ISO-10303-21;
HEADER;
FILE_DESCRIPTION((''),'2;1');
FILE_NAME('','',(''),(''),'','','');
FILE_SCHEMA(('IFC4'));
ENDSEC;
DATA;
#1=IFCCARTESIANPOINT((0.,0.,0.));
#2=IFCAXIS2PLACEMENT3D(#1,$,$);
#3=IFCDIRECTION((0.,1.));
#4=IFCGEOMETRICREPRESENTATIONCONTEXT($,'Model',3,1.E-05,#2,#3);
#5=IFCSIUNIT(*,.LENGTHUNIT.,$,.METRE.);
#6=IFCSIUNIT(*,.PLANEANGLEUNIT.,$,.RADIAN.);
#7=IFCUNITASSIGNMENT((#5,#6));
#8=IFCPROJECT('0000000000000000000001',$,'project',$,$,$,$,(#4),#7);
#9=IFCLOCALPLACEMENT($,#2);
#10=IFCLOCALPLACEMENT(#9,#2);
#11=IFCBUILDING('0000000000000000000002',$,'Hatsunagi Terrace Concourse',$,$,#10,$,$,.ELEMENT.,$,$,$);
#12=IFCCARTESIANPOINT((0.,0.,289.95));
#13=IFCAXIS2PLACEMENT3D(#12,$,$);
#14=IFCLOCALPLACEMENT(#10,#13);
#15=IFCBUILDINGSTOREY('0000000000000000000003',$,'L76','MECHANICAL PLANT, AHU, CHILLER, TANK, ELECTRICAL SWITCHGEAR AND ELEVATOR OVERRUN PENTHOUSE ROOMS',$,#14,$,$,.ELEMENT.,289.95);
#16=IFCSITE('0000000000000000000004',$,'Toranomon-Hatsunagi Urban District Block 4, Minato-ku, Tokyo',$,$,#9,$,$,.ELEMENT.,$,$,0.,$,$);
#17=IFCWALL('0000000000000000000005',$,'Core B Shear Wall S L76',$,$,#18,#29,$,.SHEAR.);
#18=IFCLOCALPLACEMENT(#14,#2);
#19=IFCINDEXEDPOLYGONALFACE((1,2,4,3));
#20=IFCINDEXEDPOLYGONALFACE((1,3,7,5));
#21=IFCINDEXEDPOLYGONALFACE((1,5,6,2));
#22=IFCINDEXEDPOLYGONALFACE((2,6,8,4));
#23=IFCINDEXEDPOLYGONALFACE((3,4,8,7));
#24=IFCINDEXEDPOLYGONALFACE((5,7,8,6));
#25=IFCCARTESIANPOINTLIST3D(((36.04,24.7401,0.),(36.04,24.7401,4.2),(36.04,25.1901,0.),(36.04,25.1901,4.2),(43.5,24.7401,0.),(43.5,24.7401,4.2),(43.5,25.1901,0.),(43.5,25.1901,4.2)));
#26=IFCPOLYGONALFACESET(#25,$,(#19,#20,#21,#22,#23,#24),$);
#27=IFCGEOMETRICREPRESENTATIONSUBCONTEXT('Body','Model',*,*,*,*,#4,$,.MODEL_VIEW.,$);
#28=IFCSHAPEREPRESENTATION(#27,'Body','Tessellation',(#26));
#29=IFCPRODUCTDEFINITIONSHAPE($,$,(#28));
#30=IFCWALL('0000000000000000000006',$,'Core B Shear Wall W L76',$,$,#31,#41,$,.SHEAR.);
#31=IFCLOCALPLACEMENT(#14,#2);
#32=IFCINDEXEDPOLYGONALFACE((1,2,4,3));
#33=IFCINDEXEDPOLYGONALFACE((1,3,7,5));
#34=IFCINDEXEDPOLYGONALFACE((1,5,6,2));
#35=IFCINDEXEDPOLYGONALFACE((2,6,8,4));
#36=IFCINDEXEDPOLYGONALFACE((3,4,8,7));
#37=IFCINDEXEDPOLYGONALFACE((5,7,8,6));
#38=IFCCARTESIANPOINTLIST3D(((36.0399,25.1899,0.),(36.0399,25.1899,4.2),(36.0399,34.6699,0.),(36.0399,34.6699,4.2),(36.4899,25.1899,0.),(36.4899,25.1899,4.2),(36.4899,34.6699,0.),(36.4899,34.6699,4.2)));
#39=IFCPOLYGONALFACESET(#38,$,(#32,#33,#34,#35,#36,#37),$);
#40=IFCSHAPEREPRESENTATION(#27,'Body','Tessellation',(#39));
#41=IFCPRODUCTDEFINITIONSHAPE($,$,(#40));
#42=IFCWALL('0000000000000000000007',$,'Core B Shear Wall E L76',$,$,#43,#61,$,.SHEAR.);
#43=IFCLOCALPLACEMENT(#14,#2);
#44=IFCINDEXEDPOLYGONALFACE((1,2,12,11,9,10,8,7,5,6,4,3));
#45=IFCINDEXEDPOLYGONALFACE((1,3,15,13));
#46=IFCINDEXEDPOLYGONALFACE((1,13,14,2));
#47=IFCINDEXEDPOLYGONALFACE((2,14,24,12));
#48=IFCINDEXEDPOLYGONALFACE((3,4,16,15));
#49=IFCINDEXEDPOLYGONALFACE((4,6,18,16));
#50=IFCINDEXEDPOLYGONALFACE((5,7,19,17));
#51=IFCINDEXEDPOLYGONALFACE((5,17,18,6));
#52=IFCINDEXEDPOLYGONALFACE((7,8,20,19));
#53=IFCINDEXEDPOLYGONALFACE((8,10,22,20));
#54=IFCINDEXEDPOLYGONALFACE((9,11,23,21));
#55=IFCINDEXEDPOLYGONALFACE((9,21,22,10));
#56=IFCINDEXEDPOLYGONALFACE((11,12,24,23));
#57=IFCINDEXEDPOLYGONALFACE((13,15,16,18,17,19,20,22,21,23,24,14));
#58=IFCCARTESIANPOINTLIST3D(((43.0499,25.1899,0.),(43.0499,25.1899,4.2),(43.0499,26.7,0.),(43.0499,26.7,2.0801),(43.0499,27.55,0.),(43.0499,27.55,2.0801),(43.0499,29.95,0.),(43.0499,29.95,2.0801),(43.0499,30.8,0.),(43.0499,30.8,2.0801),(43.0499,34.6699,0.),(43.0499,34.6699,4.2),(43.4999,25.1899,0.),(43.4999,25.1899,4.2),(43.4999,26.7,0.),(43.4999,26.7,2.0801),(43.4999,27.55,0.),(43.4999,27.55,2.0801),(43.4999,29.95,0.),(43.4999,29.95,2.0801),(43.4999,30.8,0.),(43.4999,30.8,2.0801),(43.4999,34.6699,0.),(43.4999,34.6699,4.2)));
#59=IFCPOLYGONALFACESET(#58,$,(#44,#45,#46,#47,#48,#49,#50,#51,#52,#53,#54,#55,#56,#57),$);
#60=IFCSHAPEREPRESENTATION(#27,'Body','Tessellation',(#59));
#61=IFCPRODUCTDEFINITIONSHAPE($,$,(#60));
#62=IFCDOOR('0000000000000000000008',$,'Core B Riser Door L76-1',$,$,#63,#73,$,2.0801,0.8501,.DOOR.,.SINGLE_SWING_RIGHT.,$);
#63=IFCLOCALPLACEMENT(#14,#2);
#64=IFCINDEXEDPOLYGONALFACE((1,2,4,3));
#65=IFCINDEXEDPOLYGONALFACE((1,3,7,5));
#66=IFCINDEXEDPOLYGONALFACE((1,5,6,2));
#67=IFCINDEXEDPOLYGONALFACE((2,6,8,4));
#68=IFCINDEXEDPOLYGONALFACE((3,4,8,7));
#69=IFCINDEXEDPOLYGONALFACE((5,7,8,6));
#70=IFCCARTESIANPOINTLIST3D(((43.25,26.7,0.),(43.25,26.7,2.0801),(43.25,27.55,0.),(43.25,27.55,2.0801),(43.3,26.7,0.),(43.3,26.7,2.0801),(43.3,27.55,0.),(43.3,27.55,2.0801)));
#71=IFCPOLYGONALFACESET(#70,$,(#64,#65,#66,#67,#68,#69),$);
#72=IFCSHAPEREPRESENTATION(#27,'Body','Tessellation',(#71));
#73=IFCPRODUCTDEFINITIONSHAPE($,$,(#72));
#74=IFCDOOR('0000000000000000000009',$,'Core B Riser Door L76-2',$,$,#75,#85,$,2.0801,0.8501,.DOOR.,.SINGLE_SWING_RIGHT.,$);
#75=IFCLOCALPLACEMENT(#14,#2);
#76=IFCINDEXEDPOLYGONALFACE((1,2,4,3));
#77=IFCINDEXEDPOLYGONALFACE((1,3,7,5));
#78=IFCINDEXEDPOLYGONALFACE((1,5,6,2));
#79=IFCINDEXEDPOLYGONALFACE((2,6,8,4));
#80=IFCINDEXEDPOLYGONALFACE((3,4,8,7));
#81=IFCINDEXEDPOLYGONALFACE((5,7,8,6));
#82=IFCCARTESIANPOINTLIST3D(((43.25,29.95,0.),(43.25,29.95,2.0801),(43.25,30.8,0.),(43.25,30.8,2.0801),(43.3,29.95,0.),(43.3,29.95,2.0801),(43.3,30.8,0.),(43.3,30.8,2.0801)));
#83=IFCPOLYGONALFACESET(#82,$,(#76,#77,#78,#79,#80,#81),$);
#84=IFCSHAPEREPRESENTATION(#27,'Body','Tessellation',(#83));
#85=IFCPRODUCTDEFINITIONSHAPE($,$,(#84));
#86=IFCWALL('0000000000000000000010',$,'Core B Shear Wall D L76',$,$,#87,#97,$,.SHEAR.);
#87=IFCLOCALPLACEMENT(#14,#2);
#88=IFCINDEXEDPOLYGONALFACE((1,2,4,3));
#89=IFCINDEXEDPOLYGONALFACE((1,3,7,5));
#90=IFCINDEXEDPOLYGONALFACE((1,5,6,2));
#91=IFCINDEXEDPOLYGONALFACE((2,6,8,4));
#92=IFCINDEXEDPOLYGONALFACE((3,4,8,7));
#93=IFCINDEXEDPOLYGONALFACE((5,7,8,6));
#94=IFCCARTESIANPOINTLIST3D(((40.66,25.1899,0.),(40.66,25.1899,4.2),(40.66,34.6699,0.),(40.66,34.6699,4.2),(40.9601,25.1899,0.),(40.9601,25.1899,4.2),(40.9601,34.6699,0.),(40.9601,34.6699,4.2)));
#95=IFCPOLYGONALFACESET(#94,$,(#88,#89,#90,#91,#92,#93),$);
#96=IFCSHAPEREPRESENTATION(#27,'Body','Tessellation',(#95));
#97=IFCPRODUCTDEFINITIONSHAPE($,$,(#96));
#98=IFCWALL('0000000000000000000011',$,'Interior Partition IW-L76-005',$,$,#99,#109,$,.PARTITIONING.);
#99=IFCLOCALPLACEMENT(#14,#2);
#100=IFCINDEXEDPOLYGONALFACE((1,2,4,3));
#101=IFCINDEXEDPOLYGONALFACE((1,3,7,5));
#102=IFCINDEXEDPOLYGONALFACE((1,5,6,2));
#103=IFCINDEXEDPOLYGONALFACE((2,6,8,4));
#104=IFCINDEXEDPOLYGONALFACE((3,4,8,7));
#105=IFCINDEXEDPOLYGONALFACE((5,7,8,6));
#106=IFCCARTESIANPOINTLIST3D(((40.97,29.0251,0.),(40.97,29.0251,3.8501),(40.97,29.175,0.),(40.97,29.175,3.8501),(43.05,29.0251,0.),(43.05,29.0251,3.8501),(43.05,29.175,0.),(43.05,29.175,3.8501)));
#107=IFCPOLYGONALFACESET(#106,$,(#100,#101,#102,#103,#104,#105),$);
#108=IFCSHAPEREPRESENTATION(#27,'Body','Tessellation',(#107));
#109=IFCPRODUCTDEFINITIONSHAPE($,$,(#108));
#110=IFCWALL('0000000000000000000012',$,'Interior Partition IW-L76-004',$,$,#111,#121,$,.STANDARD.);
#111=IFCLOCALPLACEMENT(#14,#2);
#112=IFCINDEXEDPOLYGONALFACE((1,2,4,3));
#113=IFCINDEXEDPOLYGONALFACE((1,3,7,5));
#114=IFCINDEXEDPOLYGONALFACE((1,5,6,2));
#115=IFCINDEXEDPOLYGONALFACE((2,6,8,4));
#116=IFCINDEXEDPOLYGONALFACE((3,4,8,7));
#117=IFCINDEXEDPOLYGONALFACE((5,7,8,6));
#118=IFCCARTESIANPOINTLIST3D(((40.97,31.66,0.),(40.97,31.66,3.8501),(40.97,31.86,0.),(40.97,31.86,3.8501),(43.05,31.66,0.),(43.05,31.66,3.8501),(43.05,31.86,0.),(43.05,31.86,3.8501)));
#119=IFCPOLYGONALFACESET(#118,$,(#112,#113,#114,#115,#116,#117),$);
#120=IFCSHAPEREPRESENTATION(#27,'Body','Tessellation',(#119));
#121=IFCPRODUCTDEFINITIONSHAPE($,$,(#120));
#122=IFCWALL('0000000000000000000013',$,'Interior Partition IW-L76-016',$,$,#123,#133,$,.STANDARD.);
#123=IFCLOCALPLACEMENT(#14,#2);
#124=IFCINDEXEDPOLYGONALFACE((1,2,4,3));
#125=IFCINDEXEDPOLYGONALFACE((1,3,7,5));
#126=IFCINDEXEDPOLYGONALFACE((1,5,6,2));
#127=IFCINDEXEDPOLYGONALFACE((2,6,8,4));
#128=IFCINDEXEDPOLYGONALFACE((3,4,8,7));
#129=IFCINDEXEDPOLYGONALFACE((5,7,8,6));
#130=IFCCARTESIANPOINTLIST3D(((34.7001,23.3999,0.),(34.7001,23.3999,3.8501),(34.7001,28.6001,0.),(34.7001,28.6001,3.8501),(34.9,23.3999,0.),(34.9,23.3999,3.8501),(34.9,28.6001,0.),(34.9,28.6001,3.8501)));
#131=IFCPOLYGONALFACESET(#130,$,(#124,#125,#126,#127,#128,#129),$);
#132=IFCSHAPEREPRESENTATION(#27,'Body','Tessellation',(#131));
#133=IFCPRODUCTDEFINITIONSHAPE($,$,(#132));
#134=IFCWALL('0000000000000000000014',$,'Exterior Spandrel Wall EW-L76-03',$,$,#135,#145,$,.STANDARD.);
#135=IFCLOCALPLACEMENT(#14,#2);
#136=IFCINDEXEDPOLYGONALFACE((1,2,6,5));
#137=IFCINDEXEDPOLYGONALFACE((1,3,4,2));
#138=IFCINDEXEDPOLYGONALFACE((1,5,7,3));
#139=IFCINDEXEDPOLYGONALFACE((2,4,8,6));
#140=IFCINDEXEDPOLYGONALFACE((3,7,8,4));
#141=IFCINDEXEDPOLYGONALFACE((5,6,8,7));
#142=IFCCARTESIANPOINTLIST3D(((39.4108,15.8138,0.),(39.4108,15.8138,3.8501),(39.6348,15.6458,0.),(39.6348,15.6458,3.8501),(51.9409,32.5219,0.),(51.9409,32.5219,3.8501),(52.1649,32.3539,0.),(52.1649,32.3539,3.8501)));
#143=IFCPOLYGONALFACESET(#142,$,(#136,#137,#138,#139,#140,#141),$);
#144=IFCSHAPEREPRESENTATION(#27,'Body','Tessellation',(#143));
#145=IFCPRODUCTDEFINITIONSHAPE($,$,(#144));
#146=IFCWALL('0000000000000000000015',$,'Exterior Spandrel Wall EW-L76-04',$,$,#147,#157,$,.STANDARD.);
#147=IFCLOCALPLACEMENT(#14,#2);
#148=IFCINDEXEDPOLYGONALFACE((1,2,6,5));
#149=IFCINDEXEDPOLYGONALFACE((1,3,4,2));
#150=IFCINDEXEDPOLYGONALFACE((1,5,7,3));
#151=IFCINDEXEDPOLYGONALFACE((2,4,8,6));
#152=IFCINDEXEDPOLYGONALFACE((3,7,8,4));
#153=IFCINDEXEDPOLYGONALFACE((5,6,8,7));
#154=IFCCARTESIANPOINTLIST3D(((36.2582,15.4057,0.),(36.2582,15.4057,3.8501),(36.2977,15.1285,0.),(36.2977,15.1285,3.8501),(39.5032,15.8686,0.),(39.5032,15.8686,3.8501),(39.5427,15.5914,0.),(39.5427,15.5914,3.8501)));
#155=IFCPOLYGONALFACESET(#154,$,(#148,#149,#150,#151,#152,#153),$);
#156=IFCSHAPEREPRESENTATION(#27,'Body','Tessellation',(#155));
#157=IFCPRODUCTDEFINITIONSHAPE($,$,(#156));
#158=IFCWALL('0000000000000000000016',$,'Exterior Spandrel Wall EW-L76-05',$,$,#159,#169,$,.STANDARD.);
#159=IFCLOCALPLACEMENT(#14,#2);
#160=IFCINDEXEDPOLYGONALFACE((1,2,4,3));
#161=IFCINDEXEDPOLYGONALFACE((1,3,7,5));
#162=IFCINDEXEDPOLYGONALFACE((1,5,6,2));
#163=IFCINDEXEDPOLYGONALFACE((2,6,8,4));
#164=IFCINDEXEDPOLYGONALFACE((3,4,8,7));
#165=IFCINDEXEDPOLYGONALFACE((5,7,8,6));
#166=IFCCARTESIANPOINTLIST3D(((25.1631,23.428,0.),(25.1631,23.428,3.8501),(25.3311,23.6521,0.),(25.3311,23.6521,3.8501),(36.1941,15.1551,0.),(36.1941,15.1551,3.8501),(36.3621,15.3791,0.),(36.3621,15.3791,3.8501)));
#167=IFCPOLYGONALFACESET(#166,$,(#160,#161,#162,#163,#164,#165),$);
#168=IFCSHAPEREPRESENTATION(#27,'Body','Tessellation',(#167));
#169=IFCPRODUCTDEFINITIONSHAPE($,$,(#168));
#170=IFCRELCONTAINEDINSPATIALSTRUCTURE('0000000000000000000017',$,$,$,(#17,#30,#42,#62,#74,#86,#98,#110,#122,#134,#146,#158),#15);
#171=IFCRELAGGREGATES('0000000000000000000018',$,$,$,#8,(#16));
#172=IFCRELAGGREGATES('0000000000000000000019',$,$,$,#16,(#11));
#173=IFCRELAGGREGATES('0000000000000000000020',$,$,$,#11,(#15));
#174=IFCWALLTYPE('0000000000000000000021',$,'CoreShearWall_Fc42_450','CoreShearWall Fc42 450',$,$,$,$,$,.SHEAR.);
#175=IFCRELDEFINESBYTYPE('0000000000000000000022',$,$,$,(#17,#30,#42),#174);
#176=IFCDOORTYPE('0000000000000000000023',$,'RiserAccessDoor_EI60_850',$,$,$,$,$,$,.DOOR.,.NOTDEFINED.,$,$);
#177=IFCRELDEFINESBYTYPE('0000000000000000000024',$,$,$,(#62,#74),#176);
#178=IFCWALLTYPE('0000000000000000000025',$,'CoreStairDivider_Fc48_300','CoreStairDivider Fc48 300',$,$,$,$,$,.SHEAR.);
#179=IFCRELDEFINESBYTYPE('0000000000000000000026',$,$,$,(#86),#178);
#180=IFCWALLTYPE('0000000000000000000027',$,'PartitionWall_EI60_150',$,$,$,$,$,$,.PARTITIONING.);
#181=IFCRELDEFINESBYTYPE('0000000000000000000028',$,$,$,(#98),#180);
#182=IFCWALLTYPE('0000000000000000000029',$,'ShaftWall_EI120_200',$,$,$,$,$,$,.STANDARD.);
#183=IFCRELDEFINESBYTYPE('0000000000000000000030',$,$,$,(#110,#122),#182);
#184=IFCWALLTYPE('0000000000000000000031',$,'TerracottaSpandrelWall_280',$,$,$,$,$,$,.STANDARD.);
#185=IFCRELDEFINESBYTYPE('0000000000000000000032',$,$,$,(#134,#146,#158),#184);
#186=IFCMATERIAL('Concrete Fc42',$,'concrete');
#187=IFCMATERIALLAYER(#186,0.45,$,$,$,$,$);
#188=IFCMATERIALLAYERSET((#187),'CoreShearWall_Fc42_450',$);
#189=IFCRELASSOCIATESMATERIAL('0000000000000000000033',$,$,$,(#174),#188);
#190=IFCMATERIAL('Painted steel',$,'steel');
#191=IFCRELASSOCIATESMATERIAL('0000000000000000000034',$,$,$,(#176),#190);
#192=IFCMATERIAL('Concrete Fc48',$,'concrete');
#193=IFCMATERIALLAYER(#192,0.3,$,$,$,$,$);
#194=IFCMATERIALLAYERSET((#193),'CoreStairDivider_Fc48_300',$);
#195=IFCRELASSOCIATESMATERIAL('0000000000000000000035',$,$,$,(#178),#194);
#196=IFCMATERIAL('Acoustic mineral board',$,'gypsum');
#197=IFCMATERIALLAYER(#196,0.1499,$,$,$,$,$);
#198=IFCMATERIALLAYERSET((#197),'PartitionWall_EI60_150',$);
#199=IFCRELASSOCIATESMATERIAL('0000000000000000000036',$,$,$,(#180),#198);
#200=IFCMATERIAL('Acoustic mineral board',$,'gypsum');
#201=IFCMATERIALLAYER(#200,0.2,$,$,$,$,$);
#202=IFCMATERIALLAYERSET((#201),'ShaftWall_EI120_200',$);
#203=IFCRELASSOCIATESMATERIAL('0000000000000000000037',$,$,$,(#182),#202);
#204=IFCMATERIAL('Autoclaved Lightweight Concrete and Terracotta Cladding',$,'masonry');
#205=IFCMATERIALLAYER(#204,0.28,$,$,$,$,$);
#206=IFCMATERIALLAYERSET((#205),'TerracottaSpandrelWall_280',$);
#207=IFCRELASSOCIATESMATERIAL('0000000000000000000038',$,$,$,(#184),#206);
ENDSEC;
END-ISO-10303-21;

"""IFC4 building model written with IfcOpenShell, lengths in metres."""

from ifc_helpers import new_model, si_unit, direction, frame, frame_2d, origin, place, context, subcontext, project, spatial, rectangle, extrude, material, layer, layer_set, type_object, element, fill, save


model = new_model("IFC4")

# Units and contexts
model_context = context("Model", 3, precision=1e-05, world=origin(), true_north=direction((0.0, 1.0)))
body_context = subcontext(model_context, "Body", "Model", "MODEL_VIEW")
ifc_project = project(units=[si_unit("LENGTHUNIT", "METRE"), si_unit("PLANEANGLEUNIT", "RADIAN")], contexts=[model_context])

# Site, building, storey
site_placement = place(None, origin())
site = spatial("IfcSite", under=ifc_project, at=site_placement, Name="Toranomon-Hatsunagi Urban District Block 4, Minato-ku, Tokyo", CompositionType="ELEMENT", RefElevation=0.0)
building_placement = place(site_placement, origin())
building = spatial("IfcBuilding", under=site, at=building_placement, Name="Hatsunagi Terrace Concourse", CompositionType="ELEMENT")
storey_placement = place(building_placement, frame((0.0, 0.0, 289.95)))
storey = spatial("IfcBuildingStorey", under=building, at=storey_placement, Name="L76", Description="MECHANICAL PLANT, AHU, CHILLER, TANK, ELECTRICAL SWITCHGEAR AND ELEVATOR OVERRUN PENTHOUSE ROOMS", CompositionType="ELEMENT", Elevation=289.95)

# Walls
ifc_material_1 = material(Name="Concrete Fc42", Category="concrete")
ifc_layer_1 = layer(ifc_material_1, 0.45)
ifc_layer_set_1 = layer_set([ifc_layer_1], Name="CoreShearWall_Fc42_450")
wall_type_1 = type_object("IfcWallType", Name="CoreShearWall_Fc42_450", Description="CoreShearWall Fc42 450", PredefinedType="SHEAR", material=ifc_layer_set_1)
wall_1_placement = place(storey_placement, frame((36.04, 24.9651, 0.0), z_axis=(0.0, 0.0, 1.0), x_axis=(1.0, 0.0, 0.0)))
element("IfcWall", 1, at=wall_1_placement, inside=storey, type_object=wall_type_1, Name="Core B Shear Wall S L76", PredefinedType="SHEAR", context=body_context, shape_type="SweptSolid", body=[
    extrude(rectangle(XDim=7.46, YDim=0.45, at=frame_2d((3.73, 0.0))), origin(), (0.0, 0.0, 1.0), 4.2),
])
wall_2_placement = place(storey_placement, frame((36.2649, 25.1899, 0.0), z_axis=(0.0, 0.0, 1.0), x_axis=(0.0, 1.0, 0.0)))
element("IfcWall", 2, at=wall_2_placement, inside=storey, type_object=wall_type_1, Name="Core B Shear Wall W L76", PredefinedType="SHEAR", context=body_context, shape_type="SweptSolid", body=[
    extrude(rectangle(XDim=9.48, YDim=0.45, at=frame_2d((4.74, 0.0))), origin(), (0.0, 0.0, 1.0), 4.2),
])

# Wall, openings, doors
wall_3_placement = place(storey_placement, frame((43.2749, 25.1899, 0.0), z_axis=(0.0, 0.0, 1.0), x_axis=(0.0, 1.0, 0.0)))
wall_3 = element("IfcWall", 3, at=wall_3_placement, inside=storey, type_object=wall_type_1, Name="Core B Shear Wall E L76", PredefinedType="SHEAR", context=body_context, shape_type="SweptSolid", body=[
    extrude(rectangle(XDim=9.48, YDim=0.45, at=frame_2d((4.74, 0.0))), origin(), (0.0, 0.0, 1.0), 4.2),
])
opening_1_placement = place(wall_3_placement, frame((1.51, 0.0, 0.0)))
opening_1 = element("IfcOpeningElement", 4, at=opening_1_placement, cuts=wall_3, PredefinedType="OPENING", context=body_context, shape_type="SweptSolid", body=[
    extrude(rectangle(XDim=0.8501, YDim=2.0801, at=frame_2d((0.425, 1.04))), frame((0.0, 0.2349, 0.0), z_axis=(0.0, -1.0, 0.0), x_axis=(1.0, 0.0, 0.0)), (0.0, 0.0, 1.0), 0.47),
])
opening_2_placement = place(wall_3_placement, frame((4.76, 0.0, 0.0)))
opening_2 = element("IfcOpeningElement", 5, at=opening_2_placement, cuts=wall_3, PredefinedType="OPENING", context=body_context, shape_type="SweptSolid", body=[
    extrude(rectangle(XDim=0.8501, YDim=2.0801, at=frame_2d((0.425, 1.04))), frame((0.0, 0.2349, 0.0), z_axis=(0.0, -1.0, 0.0), x_axis=(1.0, 0.0, 0.0)), (0.0, 0.0, 1.0), 0.47),
])
ifc_material_2 = material(Name="Painted steel", Category="steel")
door_type = type_object("IfcDoorType", Name="RiserAccessDoor_EI60_850", OperationType="NOTDEFINED", PredefinedType="DOOR", material=ifc_material_2)
door_1_placement = place(opening_1_placement, origin())
door_1 = element("IfcDoor", 6, at=door_1_placement, inside=storey, type_object=door_type, Name="Core B Riser Door L76-1", OperationType="SINGLE_SWING_RIGHT", OverallHeight=2.0801, OverallWidth=0.8501, PredefinedType="DOOR", context=body_context, shape_type="SweptSolid", body=[
    extrude(rectangle(XDim=0.8501, YDim=2.0801, at=frame_2d((0.425, 1.04))), frame((0.0, 0.0249, 0.0), z_axis=(0.0, -1.0, 0.0), x_axis=(1.0, 0.0, 0.0)), (0.0, 0.0, 1.0), 0.05),
])
fill(opening_1, door_1)
door_2_placement = place(opening_2_placement, origin())
door_2 = element("IfcDoor", 7, at=door_2_placement, inside=storey, type_object=door_type, Name="Core B Riser Door L76-2", OperationType="SINGLE_SWING_RIGHT", OverallHeight=2.0801, OverallWidth=0.8501, PredefinedType="DOOR", context=body_context, shape_type="SweptSolid", body=[
    extrude(rectangle(XDim=0.8501, YDim=2.0801, at=frame_2d((0.425, 1.04))), frame((0.0, 0.0249, 0.0), z_axis=(0.0, -1.0, 0.0), x_axis=(1.0, 0.0, 0.0)), (0.0, 0.0, 1.0), 0.05),
])
fill(opening_2, door_2)

# Walls
ifc_material_3 = material(Name="Concrete Fc48", Category="concrete")
ifc_layer_2 = layer(ifc_material_3, 0.3)
ifc_layer_set_2 = layer_set([ifc_layer_2], Name="CoreStairDivider_Fc48_300")
wall_type_2 = type_object("IfcWallType", Name="CoreStairDivider_Fc48_300", Description="CoreStairDivider Fc48 300", PredefinedType="SHEAR", material=ifc_layer_set_2)
wall_4_placement = place(storey_placement, frame((40.8101, 25.1899, 0.0), z_axis=(0.0, 0.0, 1.0), x_axis=(0.0, 1.0, 0.0)))
element("IfcWall", 8, at=wall_4_placement, inside=storey, type_object=wall_type_2, Name="Core B Shear Wall D L76", PredefinedType="SHEAR", context=body_context, shape_type="SweptSolid", body=[
    extrude(rectangle(XDim=9.48, YDim=0.3, at=frame_2d((4.74, 0.0))), origin(), (0.0, 0.0, 1.0), 4.2),
])
ifc_material_4 = material(Name="Acoustic mineral board", Category="gypsum")
ifc_layer_3 = layer(ifc_material_4, 0.1499)
ifc_layer_set_3 = layer_set([ifc_layer_3], Name="PartitionWall_EI60_150")
wall_type_3 = type_object("IfcWallType", Name="PartitionWall_EI60_150", PredefinedType="PARTITIONING", material=ifc_layer_set_3)
wall_5_placement = place(storey_placement, frame((40.97, 29.1001, 0.0), z_axis=(0.0, 0.0, 1.0), x_axis=(1.0, 0.0, 0.0)))
element("IfcWall", 9, at=wall_5_placement, inside=storey, type_object=wall_type_3, Name="Interior Partition IW-L76-005", PredefinedType="PARTITIONING", context=body_context, shape_type="SweptSolid", body=[
    extrude(rectangle(XDim=2.0801, YDim=0.1499, at=frame_2d((1.04, 0.0))), origin(), (0.0, 0.0, 1.0), 3.8501),
])
ifc_material_5 = material(Name="Acoustic mineral board", Category="gypsum")
ifc_layer_4 = layer(ifc_material_5, 0.2)
ifc_layer_set_4 = layer_set([ifc_layer_4], Name="ShaftWall_EI120_200")
wall_type_4 = type_object("IfcWallType", Name="ShaftWall_EI120_200", PredefinedType="STANDARD", material=ifc_layer_set_4)
wall_6_placement = place(storey_placement, frame((40.97, 31.76, 0.0), z_axis=(0.0, 0.0, 1.0), x_axis=(1.0, 0.0, 0.0)))
element("IfcWall", 10, at=wall_6_placement, inside=storey, type_object=wall_type_4, Name="Interior Partition IW-L76-004", PredefinedType="STANDARD", context=body_context, shape_type="SweptSolid", body=[
    extrude(rectangle(XDim=2.0801, YDim=0.2, at=frame_2d((1.04, 0.0))), origin(), (0.0, 0.0, 1.0), 3.8501),
])
wall_7_placement = place(storey_placement, frame((34.8, 23.3999, 0.0), z_axis=(0.0, 0.0, 1.0), x_axis=(0.0, 1.0, 0.0)))
element("IfcWall", 11, at=wall_7_placement, inside=storey, type_object=wall_type_4, Name="Interior Partition IW-L76-016", PredefinedType="STANDARD", context=body_context, shape_type="SweptSolid", body=[
    extrude(rectangle(XDim=5.2002, YDim=0.2, at=frame_2d((2.6001, 0.0))), origin(), (0.0, 0.0, 1.0), 3.8501),
])
ifc_material_6 = material(Name="Autoclaved Lightweight Concrete and Terracotta Cladding", Category="masonry")
ifc_layer_5 = layer(ifc_material_6, 0.28)
ifc_layer_set_5 = layer_set([ifc_layer_5], Name="TerracottaSpandrelWall_280")
wall_type_5 = type_object("IfcWallType", Name="TerracottaSpandrelWall_280", PredefinedType="STANDARD", material=ifc_layer_set_5)
wall_8_placement = place(storey_placement, frame((52.053, 32.438, 0.0), z_axis=(0.0, 0.0, 1.0), x_axis=(-0.59997, -0.800022, 0.0)))
element("IfcWall", 12, at=wall_8_placement, inside=storey, type_object=wall_type_5, Name="Exterior Spandrel Wall EW-L76-03", PredefinedType="STANDARD", context=body_context, shape_type="SweptSolid", body=[
    extrude(rectangle(XDim=20.8845, YDim=0.28, at=frame_2d((10.4424, 0.0))), origin(), (0.0, 0.0, 1.0), 3.8501),
])
wall_9_placement = place(storey_placement, frame((39.5229, 15.73, 0.0), z_axis=(0.0, 0.0, 1.0), x_axis=(-0.989978, -0.141223, 0.0)))
element("IfcWall", 13, at=wall_9_placement, inside=storey, type_object=wall_type_5, Name="Exterior Spandrel Wall EW-L76-04", PredefinedType="STANDARD", context=body_context, shape_type="SweptSolid", body=[
    extrude(rectangle(XDim=3.2778, YDim=0.28, at=frame_2d((1.6389, 0.0))), origin(), (0.0, 0.0, 1.0), 3.8501),
])
wall_10_placement = place(storey_placement, frame((36.2781, 15.2671, 0.0), z_axis=(0.0, 0.0, 1.0), x_axis=(-0.800011, 0.599986, 0.0)))
element("IfcWall", 14, at=wall_10_placement, inside=storey, type_object=wall_type_5, Name="Exterior Spandrel Wall EW-L76-05", PredefinedType="STANDARD", context=body_context, shape_type="SweptSolid", body=[
    extrude(rectangle(XDim=13.7886, YDim=0.28, at=frame_2d((6.8943, 0.0))), origin(), (0.0, 0.0, 1.0), 3.8501),
])

save(model, "model.ifc")
